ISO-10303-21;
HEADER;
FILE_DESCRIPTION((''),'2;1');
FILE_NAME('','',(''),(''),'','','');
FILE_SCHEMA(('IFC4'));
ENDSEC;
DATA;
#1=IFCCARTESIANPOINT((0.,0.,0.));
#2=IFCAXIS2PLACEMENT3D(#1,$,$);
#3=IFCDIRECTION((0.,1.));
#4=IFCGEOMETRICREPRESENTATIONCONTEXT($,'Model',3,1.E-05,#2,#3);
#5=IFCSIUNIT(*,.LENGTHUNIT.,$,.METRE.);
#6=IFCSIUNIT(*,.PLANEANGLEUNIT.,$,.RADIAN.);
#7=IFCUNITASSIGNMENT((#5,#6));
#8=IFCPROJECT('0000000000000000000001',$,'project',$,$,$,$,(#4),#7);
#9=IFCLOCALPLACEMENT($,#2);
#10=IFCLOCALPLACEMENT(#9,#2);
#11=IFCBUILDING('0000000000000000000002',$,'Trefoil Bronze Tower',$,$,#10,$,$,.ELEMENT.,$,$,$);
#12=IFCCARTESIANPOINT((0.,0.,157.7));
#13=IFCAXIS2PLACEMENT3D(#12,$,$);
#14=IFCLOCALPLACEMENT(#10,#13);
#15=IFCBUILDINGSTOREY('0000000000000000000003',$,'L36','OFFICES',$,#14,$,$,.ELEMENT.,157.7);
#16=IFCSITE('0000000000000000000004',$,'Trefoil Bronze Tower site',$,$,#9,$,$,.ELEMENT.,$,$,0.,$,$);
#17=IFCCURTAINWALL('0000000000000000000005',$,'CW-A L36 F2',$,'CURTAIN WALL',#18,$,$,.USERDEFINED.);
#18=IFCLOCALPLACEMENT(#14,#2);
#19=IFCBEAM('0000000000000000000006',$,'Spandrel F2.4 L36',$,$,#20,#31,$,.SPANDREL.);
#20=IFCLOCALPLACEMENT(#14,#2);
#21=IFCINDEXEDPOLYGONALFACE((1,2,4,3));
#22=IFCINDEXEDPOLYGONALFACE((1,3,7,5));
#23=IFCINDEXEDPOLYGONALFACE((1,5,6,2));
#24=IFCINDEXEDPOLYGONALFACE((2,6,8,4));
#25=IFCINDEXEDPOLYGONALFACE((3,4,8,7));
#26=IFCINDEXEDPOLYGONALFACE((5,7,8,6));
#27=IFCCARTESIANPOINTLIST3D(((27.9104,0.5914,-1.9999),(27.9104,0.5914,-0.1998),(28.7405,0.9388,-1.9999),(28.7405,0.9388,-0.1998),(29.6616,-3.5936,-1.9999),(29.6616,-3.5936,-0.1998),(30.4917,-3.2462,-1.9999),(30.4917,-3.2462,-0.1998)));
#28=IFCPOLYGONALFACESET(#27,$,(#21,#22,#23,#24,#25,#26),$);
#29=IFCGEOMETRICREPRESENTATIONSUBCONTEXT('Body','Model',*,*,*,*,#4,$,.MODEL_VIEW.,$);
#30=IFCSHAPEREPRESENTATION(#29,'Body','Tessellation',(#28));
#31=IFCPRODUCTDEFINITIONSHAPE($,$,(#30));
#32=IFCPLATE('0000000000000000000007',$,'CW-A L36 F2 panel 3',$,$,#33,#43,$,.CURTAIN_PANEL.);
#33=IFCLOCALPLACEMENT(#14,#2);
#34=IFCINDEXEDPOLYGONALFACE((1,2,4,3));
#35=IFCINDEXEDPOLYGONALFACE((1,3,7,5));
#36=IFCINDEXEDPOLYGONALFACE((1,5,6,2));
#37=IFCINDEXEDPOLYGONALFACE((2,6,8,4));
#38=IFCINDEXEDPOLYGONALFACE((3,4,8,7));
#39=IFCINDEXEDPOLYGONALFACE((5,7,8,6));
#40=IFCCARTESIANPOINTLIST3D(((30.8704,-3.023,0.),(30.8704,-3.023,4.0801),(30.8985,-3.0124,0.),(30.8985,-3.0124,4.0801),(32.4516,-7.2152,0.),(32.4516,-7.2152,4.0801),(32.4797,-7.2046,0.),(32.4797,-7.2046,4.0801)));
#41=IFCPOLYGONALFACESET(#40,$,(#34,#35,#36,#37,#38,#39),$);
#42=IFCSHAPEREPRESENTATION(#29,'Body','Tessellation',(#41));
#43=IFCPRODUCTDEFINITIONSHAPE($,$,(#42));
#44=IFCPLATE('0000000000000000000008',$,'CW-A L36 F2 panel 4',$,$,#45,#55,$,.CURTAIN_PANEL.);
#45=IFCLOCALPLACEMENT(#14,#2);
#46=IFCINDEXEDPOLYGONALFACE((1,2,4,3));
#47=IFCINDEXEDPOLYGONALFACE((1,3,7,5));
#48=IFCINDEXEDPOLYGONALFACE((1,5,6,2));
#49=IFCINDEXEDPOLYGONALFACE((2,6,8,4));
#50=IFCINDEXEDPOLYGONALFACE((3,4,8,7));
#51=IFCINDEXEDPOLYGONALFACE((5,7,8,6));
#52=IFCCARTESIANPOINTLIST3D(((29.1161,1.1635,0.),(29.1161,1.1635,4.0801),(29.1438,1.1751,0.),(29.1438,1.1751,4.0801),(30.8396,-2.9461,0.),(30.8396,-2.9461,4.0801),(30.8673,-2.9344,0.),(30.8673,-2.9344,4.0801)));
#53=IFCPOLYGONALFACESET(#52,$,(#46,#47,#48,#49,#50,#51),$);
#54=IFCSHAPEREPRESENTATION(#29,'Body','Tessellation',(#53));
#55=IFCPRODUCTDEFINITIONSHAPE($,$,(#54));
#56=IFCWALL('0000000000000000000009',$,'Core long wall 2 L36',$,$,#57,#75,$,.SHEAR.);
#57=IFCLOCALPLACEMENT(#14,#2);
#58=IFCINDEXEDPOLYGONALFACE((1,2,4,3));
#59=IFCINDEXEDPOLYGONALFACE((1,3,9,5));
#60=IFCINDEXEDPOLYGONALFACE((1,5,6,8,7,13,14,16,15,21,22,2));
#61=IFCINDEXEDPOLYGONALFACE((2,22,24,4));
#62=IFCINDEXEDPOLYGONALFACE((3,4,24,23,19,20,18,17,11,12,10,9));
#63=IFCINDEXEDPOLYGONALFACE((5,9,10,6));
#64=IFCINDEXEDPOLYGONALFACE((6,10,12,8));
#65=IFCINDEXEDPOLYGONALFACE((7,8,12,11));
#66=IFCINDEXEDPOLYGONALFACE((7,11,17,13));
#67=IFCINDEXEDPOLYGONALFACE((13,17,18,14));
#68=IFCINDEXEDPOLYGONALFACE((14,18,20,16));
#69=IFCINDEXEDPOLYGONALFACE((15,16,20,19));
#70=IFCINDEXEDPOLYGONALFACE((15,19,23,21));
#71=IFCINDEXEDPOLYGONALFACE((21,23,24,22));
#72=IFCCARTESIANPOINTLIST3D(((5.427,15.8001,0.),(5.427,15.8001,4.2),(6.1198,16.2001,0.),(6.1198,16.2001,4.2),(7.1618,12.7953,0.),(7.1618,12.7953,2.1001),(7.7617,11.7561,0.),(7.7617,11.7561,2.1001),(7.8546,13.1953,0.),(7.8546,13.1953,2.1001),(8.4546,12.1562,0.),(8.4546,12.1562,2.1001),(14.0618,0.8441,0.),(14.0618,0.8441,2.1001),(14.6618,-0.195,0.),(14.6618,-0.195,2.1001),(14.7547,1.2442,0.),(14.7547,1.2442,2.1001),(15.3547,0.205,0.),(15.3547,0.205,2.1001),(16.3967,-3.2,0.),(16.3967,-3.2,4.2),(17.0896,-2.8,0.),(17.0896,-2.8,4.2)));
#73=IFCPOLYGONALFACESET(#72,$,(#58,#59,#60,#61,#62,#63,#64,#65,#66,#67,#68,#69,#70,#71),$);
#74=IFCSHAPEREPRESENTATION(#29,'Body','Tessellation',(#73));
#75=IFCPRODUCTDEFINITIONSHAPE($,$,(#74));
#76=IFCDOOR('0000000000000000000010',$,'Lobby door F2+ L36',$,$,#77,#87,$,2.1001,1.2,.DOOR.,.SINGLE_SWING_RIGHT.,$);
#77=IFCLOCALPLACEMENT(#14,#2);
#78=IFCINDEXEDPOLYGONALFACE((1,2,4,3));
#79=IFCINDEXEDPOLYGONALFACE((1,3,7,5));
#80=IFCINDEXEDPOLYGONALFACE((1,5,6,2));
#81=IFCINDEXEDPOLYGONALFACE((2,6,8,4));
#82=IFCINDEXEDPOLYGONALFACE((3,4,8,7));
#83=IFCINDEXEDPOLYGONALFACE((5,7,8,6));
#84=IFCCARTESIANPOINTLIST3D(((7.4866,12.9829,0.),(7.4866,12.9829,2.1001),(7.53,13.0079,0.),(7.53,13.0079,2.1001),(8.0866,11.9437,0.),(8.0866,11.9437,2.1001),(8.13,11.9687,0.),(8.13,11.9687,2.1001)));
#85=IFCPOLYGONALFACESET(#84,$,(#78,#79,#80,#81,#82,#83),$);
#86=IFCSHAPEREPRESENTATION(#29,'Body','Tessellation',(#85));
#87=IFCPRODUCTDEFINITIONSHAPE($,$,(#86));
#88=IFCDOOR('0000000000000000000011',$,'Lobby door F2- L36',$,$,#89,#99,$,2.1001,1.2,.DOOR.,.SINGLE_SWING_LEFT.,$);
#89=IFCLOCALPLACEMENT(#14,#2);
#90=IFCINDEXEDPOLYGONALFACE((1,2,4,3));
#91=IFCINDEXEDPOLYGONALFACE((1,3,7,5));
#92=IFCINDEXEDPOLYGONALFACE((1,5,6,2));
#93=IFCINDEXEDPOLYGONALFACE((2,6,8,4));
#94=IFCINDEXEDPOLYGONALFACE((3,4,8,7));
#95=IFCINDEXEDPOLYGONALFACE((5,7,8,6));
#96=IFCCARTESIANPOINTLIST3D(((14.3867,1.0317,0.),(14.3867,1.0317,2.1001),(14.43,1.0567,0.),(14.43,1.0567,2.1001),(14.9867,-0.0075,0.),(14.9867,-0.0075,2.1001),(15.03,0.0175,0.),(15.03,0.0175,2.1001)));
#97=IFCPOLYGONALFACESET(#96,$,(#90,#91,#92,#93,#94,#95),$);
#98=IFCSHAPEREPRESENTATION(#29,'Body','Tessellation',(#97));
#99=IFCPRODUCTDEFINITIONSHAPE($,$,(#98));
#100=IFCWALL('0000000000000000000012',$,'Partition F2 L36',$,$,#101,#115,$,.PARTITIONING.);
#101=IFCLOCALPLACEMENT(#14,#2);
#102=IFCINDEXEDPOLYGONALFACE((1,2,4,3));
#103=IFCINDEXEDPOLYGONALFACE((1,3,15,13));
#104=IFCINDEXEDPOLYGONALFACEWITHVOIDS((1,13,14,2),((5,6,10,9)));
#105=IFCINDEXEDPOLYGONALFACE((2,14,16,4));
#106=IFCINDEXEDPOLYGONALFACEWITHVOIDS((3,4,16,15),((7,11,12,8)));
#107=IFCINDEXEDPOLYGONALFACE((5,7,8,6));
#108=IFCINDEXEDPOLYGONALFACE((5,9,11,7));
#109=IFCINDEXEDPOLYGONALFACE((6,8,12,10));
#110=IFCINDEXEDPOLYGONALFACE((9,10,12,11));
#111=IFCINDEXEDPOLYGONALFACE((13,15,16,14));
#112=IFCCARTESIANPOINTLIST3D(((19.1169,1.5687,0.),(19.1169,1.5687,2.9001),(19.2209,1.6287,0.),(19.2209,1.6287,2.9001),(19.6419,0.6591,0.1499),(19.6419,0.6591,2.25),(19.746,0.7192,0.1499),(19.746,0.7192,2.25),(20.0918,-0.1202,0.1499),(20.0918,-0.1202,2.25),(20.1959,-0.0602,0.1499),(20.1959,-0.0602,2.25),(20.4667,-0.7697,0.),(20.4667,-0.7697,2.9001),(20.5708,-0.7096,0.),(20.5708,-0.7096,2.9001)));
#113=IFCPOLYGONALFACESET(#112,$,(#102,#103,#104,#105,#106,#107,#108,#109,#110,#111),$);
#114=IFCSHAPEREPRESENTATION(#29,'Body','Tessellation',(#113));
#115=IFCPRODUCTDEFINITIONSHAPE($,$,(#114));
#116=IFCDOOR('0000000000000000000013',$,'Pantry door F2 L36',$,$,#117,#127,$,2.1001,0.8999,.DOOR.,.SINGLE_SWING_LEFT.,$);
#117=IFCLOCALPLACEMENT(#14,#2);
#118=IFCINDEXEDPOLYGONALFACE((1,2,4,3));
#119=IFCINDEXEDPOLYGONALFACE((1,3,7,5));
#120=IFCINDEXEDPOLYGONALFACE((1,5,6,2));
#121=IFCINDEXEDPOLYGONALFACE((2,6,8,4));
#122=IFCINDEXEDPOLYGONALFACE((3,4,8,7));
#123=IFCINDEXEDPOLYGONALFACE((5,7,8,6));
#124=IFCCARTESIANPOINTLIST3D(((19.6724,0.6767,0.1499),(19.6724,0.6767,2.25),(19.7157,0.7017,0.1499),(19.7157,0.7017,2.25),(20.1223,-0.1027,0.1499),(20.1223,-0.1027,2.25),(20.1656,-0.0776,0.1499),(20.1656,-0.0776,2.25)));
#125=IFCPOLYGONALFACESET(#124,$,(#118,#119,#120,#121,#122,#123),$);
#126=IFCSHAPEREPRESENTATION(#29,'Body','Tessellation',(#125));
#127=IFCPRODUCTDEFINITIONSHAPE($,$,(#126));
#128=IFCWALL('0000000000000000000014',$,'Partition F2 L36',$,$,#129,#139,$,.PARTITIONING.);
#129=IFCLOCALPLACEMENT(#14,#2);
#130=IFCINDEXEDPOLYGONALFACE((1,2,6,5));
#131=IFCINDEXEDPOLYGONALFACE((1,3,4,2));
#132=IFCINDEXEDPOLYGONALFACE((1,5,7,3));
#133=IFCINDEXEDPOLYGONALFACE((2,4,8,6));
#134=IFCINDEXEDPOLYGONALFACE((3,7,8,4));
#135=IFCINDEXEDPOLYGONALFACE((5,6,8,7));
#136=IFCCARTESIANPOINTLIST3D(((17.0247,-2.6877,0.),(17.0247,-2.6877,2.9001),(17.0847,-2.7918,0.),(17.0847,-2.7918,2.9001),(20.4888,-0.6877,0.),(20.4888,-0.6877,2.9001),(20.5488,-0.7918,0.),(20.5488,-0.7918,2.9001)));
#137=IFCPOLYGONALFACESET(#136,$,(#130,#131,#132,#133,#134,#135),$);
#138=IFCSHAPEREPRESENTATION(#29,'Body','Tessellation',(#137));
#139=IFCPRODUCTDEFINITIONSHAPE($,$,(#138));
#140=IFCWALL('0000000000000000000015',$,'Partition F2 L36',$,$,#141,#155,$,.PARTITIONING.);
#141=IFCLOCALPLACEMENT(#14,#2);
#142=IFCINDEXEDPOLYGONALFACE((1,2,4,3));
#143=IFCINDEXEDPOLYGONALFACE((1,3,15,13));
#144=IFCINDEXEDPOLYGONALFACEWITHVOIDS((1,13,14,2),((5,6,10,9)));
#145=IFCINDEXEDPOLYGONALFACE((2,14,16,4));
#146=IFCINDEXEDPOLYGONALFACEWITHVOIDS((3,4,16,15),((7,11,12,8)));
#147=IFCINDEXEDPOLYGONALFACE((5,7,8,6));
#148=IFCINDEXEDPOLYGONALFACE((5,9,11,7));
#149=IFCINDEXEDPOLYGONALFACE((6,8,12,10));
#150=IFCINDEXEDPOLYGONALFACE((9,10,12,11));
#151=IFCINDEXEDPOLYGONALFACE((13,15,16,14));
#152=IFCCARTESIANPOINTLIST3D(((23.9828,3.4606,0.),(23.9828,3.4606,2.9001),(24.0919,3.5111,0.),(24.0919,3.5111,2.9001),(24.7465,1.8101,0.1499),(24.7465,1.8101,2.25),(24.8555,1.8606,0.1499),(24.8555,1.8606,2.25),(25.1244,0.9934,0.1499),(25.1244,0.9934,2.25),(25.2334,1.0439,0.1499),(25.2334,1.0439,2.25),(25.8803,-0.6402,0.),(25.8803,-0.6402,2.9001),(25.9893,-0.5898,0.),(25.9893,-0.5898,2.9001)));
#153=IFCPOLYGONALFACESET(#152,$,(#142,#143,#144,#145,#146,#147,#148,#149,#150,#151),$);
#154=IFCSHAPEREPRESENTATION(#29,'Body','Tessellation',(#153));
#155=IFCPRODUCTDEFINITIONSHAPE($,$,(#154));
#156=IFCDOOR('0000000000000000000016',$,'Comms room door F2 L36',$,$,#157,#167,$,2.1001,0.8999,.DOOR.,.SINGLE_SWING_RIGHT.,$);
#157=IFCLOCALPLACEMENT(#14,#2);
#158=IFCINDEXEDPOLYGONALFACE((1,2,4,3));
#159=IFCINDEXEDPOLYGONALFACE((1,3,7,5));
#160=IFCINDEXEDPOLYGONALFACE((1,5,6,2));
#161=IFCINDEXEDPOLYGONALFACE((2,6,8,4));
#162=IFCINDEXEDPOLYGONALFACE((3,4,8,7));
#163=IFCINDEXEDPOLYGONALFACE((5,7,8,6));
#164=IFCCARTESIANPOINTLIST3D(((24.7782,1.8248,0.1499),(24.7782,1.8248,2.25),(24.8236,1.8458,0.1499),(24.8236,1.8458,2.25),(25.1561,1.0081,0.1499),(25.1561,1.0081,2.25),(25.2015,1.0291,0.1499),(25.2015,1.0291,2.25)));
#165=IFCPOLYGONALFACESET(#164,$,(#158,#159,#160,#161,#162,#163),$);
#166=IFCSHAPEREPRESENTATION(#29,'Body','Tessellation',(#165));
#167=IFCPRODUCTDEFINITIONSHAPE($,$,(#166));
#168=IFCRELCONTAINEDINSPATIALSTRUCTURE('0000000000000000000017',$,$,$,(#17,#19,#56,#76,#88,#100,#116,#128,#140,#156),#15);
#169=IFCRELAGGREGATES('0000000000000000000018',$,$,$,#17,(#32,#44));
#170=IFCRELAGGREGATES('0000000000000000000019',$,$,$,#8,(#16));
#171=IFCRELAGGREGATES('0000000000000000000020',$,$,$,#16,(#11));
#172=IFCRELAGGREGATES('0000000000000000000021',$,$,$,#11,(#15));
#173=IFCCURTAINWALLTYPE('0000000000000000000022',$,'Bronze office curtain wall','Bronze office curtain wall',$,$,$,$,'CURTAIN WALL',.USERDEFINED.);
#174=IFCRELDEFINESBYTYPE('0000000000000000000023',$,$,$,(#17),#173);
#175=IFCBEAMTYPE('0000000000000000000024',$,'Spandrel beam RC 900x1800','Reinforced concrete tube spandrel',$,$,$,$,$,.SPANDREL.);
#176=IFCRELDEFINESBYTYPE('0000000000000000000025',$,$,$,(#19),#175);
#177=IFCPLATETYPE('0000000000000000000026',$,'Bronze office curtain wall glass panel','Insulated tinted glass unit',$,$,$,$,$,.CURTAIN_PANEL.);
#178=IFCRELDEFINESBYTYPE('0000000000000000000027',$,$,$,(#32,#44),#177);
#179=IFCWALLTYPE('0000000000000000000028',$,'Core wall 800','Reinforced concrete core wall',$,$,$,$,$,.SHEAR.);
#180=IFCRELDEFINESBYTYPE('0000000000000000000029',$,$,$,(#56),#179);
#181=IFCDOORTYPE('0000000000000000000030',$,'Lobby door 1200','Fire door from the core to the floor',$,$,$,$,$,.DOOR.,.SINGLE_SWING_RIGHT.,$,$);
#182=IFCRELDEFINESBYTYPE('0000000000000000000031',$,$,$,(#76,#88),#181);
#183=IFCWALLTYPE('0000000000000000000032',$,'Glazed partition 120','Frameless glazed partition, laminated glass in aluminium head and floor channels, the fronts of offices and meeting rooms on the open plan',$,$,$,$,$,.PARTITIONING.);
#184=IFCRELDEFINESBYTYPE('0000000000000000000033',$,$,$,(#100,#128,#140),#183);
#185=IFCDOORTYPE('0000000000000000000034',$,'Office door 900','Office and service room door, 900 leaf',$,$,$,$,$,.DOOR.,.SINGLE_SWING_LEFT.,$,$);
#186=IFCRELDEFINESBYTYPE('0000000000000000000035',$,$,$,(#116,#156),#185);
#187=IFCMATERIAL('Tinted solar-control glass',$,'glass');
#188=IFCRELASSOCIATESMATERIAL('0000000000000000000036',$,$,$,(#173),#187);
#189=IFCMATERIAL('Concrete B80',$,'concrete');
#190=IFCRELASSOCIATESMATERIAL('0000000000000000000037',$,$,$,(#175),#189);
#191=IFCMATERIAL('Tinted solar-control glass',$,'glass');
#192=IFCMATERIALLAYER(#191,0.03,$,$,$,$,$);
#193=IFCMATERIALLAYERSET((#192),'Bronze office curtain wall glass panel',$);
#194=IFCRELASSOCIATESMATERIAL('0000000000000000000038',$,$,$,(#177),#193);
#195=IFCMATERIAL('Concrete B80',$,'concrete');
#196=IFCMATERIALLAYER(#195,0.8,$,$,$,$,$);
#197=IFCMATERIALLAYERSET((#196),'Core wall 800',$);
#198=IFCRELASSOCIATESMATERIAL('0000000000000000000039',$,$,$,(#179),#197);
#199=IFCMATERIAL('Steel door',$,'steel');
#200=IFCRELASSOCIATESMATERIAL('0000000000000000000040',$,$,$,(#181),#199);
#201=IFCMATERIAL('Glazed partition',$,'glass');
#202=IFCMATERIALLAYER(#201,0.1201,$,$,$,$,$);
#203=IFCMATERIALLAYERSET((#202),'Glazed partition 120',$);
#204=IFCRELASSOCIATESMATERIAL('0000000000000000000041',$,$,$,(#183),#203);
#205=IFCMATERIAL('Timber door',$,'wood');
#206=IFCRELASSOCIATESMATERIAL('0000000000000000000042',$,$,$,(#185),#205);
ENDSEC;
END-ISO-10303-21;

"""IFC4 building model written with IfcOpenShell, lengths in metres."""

from ifc_helpers import new_model, si_unit, direction, frame, frame_2d, origin, origin_2d, place, context, subcontext, project, spatial, rectangle, extrude, material, layer, layer_set, material_profile, profile_set, type_object, element, fill, aggregate, save


model = new_model("IFC4")

# Units and contexts
model_context = context("Model", 3, precision=1e-05, world=origin(), true_north=direction((0.0, 1.0)))
body_context = subcontext(model_context, "Body", "Model", "MODEL_VIEW")
ifc_project = project(units=[si_unit("LENGTHUNIT", "METRE"), si_unit("PLANEANGLEUNIT", "RADIAN")], contexts=[model_context])

# Site, building, storey
site_placement = place(None, origin())
site = spatial("IfcSite", under=ifc_project, at=site_placement, Name="Trefoil Bronze Tower site", CompositionType="ELEMENT", RefElevation=0.0)
building_placement = place(site_placement, origin())
building = spatial("IfcBuilding", under=site, at=building_placement, Name="Trefoil Bronze Tower", CompositionType="ELEMENT")
storey_placement = place(building_placement, frame((0.0, 0.0, 157.7)))
storey = spatial("IfcBuildingStorey", under=building, at=storey_placement, Name="L36", Description="OFFICES", CompositionType="ELEMENT", Elevation=157.7)

# Curtain wall
ifc_material_1 = material(Name="Tinted solar-control glass", Category="glass")
curtain_wall_type = type_object("IfcCurtainWallType", Name="Bronze office curtain wall", Description="Bronze office curtain wall", ElementType="CURTAIN WALL", PredefinedType="USERDEFINED", material=ifc_material_1)
curtain_wall_placement = place(storey_placement, origin())
curtain_wall = element("IfcCurtainWall", 1, at=curtain_wall_placement, inside=storey, type_object=curtain_wall_type, Name="CW-A L36 F2", ObjectType="CURTAIN WALL", PredefinedType="USERDEFINED")

# Beam
ifc_material_2 = material(Name="Concrete B80", Category="concrete")
ifc_material_profile_1 = material_profile(ifc_material_2, rectangle(XDim=0.8999, YDim=1.8, at=origin_2d()), Name="RC 900x1800")
ifc_profile_set_1 = profile_set([ifc_material_profile_1], Name="Concrete B80")
beam_type_1 = type_object("IfcBeamType", Name="Spandrel beam RC 900x1800", Description="Reinforced concrete tube spandrel", PredefinedType="SPANDREL", material=ifc_profile_set_1)
beam_1_placement = place(storey_placement, frame((30.0767, -3.4199, -1.0999), z_axis=(-0.386013, 0.922493, 0.0), x_axis=(-0.922493, -0.386013, 0.0)))
element("IfcBeam", 2, at=beam_1_placement, inside=storey, type_object=beam_type_1, Name="Spandrel F2.4 L36", PredefinedType="SPANDREL", context=body_context, shape_type="SweptSolid", body=[
    extrude(rectangle(XDim=0.8999, YDim=1.8, at=origin_2d()), origin(), (0.0, 0.0, 1.0), 4.5366),
])

# Plates
ifc_material_3 = material(Name="Tinted solar-control glass", Category="glass")
ifc_layer_1 = layer(ifc_material_3, 0.03)
ifc_layer_set_1 = layer_set([ifc_layer_1], Name="Bronze office curtain wall glass panel")
plate_type = type_object("IfcPlateType", Name="Bronze office curtain wall glass panel", Description="Insulated tinted glass unit", PredefinedType="CURTAIN_PANEL", material=ifc_layer_set_1)
plate_1_placement = place(storey_placement, frame((31.675, -5.1138, 0.0), z_axis=(0.0, 0.0, 1.0), x_axis=(-0.35292, 0.935654, 0.0)))
plate_1 = element("IfcPlate", 3, at=plate_1_placement, type_object=plate_type, Name="CW-A L36 F2 panel 3", PredefinedType="CURTAIN_PANEL", context=body_context, shape_type="SweptSolid", body=[
    extrude(rectangle(XDim=4.4805, YDim=0.03, at=origin_2d()), origin(), (0.0, 0.0, 1.0), 4.0801),
])
plate_2_placement = place(storey_placement, frame((29.9917, -0.8855, 0.0), z_axis=(0.0, 0.0, 1.0), x_axis=(-0.386759, 0.922181, 0.0)))
plate_2 = element("IfcPlate", 4, at=plate_2_placement, type_object=plate_type, Name="CW-A L36 F2 panel 4", PredefinedType="CURTAIN_PANEL", context=body_context, shape_type="SweptSolid", body=[
    extrude(rectangle(XDim=4.4563, YDim=0.03, at=origin_2d()), origin(), (0.0, 0.0, 1.0), 4.0801),
])
aggregate(curtain_wall, [plate_1, plate_2])

# Wall, openings, doors
ifc_material_4 = material(Name="Concrete B80", Category="concrete")
ifc_layer_2 = layer(ifc_material_4, 0.8)
ifc_layer_set_2 = layer_set([ifc_layer_2], Name="Core wall 800")
wall_type_1 = type_object("IfcWallType", Name="Core wall 800", Description="Reinforced concrete core wall", PredefinedType="SHEAR", material=ifc_layer_set_2)
wall_1_placement = place(storey_placement, frame((16.7432, -3.0, 0.0), z_axis=(0.0, 0.0, 1.0), x_axis=(-0.500002, 0.866024, 0.0)))
wall_1 = element("IfcWall", 5, at=wall_1_placement, inside=storey, type_object=wall_type_1, Name="Core long wall 2 L36", PredefinedType="SHEAR", context=body_context, shape_type="SweptSolid", body=[
    extrude(rectangle(XDim=21.9395, YDim=0.8, at=frame_2d((10.9697, 0.0))), origin(), (0.0, 0.0, 1.0), 4.2),
])
opening_1_placement = place(wall_1_placement, frame((17.2698, 0.0, 0.0)))
opening_1 = element("IfcOpeningElement", 6, at=opening_1_placement, cuts=wall_1, PredefinedType="OPENING", context=body_context, shape_type="SweptSolid", body=[
    extrude(rectangle(XDim=1.2, YDim=2.1001, at=frame_2d((0.6001, 1.05))), frame((0.0, 0.4099, 0.0), z_axis=(0.0, -1.0, 0.0), x_axis=(1.0, 0.0, 0.0)), (0.0, 0.0, 1.0), 0.8201),
])
opening_2_placement = place(wall_1_placement, frame((3.4697, 0.0, 0.0)))
opening_2 = element("IfcOpeningElement", 7, at=opening_2_placement, cuts=wall_1, PredefinedType="OPENING", context=body_context, shape_type="SweptSolid", body=[
    extrude(rectangle(XDim=1.2, YDim=2.1001, at=frame_2d((0.6001, 1.05))), frame((0.0, 0.4099, 0.0), z_axis=(0.0, -1.0, 0.0), x_axis=(1.0, 0.0, 0.0)), (0.0, 0.0, 1.0), 0.8201),
])
ifc_material_5 = material(Name="Steel door", Category="steel")
door_type_1 = type_object("IfcDoorType", Name="Lobby door 1200", Description="Fire door from the core to the floor", OperationType="SINGLE_SWING_RIGHT", PredefinedType="DOOR", material=ifc_material_5)
door_1_placement = place(opening_1_placement, origin())
door_1 = element("IfcDoor", 8, at=door_1_placement, inside=storey, type_object=door_type_1, Name="Lobby door F2+ L36", OperationType="SINGLE_SWING_RIGHT", OverallHeight=2.1001, OverallWidth=1.2, PredefinedType="DOOR", context=body_context, shape_type="SweptSolid", body=[
    extrude(rectangle(XDim=1.2, YDim=2.1001, at=frame_2d((0.6001, 1.05))), frame((0.0, 0.0249, 0.0), z_axis=(0.0, -1.0, 0.0), x_axis=(1.0, 0.0, 0.0)), (0.0, 0.0, 1.0), 0.05),
])
fill(opening_1, door_1)
door_2_placement = place(opening_2_placement, origin())
door_2 = element("IfcDoor", 9, at=door_2_placement, inside=storey, type_object=door_type_1, Name="Lobby door F2- L36", OperationType="SINGLE_SWING_LEFT", OverallHeight=2.1001, OverallWidth=1.2, PredefinedType="DOOR", context=body_context, shape_type="SweptSolid", body=[
    extrude(rectangle(XDim=1.2, YDim=2.1001, at=frame_2d((0.6001, 1.05))), frame((0.0, 0.0249, 0.0), z_axis=(0.0, -1.0, 0.0), x_axis=(1.0, 0.0, 0.0)), (0.0, 0.0, 1.0), 0.05),
])
fill(opening_2, door_2)

# Wall, opening, door
ifc_material_6 = material(Name="Glazed partition", Category="glass")
ifc_layer_3 = layer(ifc_material_6, 0.1201)
ifc_layer_set_3 = layer_set([ifc_layer_3], Name="Glazed partition 120")
wall_type_2 = type_object("IfcWallType", Name="Glazed partition 120", Description="Frameless glazed partition, laminated glass in aluminium head and floor channels, the fronts of offices and meeting rooms on the open plan", PredefinedType="PARTITIONING", material=ifc_layer_set_3)
wall_2_placement = place(storey_placement, frame((20.5188, -0.7397, 0.0), z_axis=(0.0, 0.0, 1.0), x_axis=(-0.499942, 0.866059, 0.0)))
wall_2 = element("IfcWall", 10, at=wall_2_placement, inside=storey, type_object=wall_type_2, Name="Partition F2 L36", PredefinedType="PARTITIONING", context=body_context, shape_type="SweptSolid", body=[
    extrude(rectangle(XDim=2.7, YDim=0.1201, at=frame_2d((1.3501, 0.0))), origin(), (0.0, 0.0, 1.0), 2.9001),
])
opening_3_placement = place(wall_2_placement, frame((0.75, 0.0, 0.1499)))
opening_3 = element("IfcOpeningElement", 11, at=opening_3_placement, cuts=wall_2, PredefinedType="OPENING", context=body_context, shape_type="SweptSolid", body=[
    extrude(rectangle(XDim=0.8999, YDim=2.1001, at=frame_2d((0.45, 1.05))), frame((0.0, 0.0701, 0.0), z_axis=(0.0, -1.0, 0.0), x_axis=(1.0, 0.0, 0.0)), (0.0, 0.0, 1.0), 0.1401),
])
ifc_material_7 = material(Name="Timber door", Category="wood")
door_type_2 = type_object("IfcDoorType", Name="Office door 900", Description="Office and service room door, 900 leaf", OperationType="SINGLE_SWING_LEFT", PredefinedType="DOOR", material=ifc_material_7)
door_3_placement = place(opening_3_placement, origin())
door_3 = element("IfcDoor", 12, at=door_3_placement, inside=storey, type_object=door_type_2, Name="Pantry door F2 L36", OperationType="SINGLE_SWING_LEFT", OverallHeight=2.1001, OverallWidth=0.8999, PredefinedType="DOOR", context=body_context, shape_type="SweptSolid", body=[
    extrude(rectangle(XDim=0.8999, YDim=2.1001, at=frame_2d((0.45, 1.05))), frame((0.0, 0.0249, 0.0), z_axis=(0.0, -1.0, 0.0), x_axis=(1.0, 0.0, 0.0)), (0.0, 0.0, 1.0), 0.05),
])
fill(opening_3, door_3)

# Wall
wall_3_placement = place(storey_placement, frame((17.0547, -2.7397, 0.0), z_axis=(0.0, 0.0, 1.0), x_axis=(0.866026, 0.499999, 0.0)))
element("IfcWall", 13, at=wall_3_placement, inside=storey, type_object=wall_type_2, Name="Partition F2 L36", PredefinedType="PARTITIONING", context=body_context, shape_type="SweptSolid", body=[
    extrude(rectangle(XDim=4.0, YDim=0.1201, at=frame_2d((2.0, 0.0))), origin(), (0.0, 0.0, 1.0), 2.9001),
])

# Wall, opening, door
wall_4_placement = place(storey_placement, frame((25.9348, -0.615, 0.0), z_axis=(0.0, 0.0, 1.0), x_axis=(-0.419928, 0.907557, 0.0)))
wall_4 = element("IfcWall", 14, at=wall_4_placement, inside=storey, type_object=wall_type_2, Name="Partition F2 L36", PredefinedType="PARTITIONING", context=body_context, shape_type="SweptSolid", body=[
    extrude(rectangle(XDim=4.5186, YDim=0.1201, at=frame_2d((2.2593, 0.0))), origin(), (0.0, 0.0, 1.0), 2.9001),
])
opening_4_placement = place(wall_4_placement, frame((1.8, 0.0, 0.1499)))
opening_4 = element("IfcOpeningElement", 15, at=opening_4_placement, cuts=wall_4, PredefinedType="OPENING", context=body_context, shape_type="SweptSolid", body=[
    extrude(rectangle(XDim=0.8999, YDim=2.1001, at=frame_2d((0.45, 1.05))), frame((0.0, 0.0701, 0.0), z_axis=(0.0, -1.0, 0.0), x_axis=(1.0, 0.0, 0.0)), (0.0, 0.0, 1.0), 0.1401),
])
door_4_placement = place(opening_4_placement, frame((0.8999, 0.0, 0.0), z_axis=(0.0, 0.0, 1.0), x_axis=(-1.0, 0.0, 0.0)))
door_4 = element("IfcDoor", 16, at=door_4_placement, inside=storey, type_object=door_type_2, Name="Comms room door F2 L36", OperationType="SINGLE_SWING_RIGHT", OverallHeight=2.1001, OverallWidth=0.8999, PredefinedType="DOOR", context=body_context, shape_type="SweptSolid", body=[
    extrude(rectangle(XDim=0.8999, YDim=2.1001, at=frame_2d((0.45, 1.05))), frame((0.0, 0.0249, 0.0), z_axis=(0.0, -1.0, 0.0), x_axis=(1.0, 0.0, 0.0)), (0.0, 0.0, 1.0), 0.05),
])
fill(opening_4, door_4)

save(model, "model.ifc")
